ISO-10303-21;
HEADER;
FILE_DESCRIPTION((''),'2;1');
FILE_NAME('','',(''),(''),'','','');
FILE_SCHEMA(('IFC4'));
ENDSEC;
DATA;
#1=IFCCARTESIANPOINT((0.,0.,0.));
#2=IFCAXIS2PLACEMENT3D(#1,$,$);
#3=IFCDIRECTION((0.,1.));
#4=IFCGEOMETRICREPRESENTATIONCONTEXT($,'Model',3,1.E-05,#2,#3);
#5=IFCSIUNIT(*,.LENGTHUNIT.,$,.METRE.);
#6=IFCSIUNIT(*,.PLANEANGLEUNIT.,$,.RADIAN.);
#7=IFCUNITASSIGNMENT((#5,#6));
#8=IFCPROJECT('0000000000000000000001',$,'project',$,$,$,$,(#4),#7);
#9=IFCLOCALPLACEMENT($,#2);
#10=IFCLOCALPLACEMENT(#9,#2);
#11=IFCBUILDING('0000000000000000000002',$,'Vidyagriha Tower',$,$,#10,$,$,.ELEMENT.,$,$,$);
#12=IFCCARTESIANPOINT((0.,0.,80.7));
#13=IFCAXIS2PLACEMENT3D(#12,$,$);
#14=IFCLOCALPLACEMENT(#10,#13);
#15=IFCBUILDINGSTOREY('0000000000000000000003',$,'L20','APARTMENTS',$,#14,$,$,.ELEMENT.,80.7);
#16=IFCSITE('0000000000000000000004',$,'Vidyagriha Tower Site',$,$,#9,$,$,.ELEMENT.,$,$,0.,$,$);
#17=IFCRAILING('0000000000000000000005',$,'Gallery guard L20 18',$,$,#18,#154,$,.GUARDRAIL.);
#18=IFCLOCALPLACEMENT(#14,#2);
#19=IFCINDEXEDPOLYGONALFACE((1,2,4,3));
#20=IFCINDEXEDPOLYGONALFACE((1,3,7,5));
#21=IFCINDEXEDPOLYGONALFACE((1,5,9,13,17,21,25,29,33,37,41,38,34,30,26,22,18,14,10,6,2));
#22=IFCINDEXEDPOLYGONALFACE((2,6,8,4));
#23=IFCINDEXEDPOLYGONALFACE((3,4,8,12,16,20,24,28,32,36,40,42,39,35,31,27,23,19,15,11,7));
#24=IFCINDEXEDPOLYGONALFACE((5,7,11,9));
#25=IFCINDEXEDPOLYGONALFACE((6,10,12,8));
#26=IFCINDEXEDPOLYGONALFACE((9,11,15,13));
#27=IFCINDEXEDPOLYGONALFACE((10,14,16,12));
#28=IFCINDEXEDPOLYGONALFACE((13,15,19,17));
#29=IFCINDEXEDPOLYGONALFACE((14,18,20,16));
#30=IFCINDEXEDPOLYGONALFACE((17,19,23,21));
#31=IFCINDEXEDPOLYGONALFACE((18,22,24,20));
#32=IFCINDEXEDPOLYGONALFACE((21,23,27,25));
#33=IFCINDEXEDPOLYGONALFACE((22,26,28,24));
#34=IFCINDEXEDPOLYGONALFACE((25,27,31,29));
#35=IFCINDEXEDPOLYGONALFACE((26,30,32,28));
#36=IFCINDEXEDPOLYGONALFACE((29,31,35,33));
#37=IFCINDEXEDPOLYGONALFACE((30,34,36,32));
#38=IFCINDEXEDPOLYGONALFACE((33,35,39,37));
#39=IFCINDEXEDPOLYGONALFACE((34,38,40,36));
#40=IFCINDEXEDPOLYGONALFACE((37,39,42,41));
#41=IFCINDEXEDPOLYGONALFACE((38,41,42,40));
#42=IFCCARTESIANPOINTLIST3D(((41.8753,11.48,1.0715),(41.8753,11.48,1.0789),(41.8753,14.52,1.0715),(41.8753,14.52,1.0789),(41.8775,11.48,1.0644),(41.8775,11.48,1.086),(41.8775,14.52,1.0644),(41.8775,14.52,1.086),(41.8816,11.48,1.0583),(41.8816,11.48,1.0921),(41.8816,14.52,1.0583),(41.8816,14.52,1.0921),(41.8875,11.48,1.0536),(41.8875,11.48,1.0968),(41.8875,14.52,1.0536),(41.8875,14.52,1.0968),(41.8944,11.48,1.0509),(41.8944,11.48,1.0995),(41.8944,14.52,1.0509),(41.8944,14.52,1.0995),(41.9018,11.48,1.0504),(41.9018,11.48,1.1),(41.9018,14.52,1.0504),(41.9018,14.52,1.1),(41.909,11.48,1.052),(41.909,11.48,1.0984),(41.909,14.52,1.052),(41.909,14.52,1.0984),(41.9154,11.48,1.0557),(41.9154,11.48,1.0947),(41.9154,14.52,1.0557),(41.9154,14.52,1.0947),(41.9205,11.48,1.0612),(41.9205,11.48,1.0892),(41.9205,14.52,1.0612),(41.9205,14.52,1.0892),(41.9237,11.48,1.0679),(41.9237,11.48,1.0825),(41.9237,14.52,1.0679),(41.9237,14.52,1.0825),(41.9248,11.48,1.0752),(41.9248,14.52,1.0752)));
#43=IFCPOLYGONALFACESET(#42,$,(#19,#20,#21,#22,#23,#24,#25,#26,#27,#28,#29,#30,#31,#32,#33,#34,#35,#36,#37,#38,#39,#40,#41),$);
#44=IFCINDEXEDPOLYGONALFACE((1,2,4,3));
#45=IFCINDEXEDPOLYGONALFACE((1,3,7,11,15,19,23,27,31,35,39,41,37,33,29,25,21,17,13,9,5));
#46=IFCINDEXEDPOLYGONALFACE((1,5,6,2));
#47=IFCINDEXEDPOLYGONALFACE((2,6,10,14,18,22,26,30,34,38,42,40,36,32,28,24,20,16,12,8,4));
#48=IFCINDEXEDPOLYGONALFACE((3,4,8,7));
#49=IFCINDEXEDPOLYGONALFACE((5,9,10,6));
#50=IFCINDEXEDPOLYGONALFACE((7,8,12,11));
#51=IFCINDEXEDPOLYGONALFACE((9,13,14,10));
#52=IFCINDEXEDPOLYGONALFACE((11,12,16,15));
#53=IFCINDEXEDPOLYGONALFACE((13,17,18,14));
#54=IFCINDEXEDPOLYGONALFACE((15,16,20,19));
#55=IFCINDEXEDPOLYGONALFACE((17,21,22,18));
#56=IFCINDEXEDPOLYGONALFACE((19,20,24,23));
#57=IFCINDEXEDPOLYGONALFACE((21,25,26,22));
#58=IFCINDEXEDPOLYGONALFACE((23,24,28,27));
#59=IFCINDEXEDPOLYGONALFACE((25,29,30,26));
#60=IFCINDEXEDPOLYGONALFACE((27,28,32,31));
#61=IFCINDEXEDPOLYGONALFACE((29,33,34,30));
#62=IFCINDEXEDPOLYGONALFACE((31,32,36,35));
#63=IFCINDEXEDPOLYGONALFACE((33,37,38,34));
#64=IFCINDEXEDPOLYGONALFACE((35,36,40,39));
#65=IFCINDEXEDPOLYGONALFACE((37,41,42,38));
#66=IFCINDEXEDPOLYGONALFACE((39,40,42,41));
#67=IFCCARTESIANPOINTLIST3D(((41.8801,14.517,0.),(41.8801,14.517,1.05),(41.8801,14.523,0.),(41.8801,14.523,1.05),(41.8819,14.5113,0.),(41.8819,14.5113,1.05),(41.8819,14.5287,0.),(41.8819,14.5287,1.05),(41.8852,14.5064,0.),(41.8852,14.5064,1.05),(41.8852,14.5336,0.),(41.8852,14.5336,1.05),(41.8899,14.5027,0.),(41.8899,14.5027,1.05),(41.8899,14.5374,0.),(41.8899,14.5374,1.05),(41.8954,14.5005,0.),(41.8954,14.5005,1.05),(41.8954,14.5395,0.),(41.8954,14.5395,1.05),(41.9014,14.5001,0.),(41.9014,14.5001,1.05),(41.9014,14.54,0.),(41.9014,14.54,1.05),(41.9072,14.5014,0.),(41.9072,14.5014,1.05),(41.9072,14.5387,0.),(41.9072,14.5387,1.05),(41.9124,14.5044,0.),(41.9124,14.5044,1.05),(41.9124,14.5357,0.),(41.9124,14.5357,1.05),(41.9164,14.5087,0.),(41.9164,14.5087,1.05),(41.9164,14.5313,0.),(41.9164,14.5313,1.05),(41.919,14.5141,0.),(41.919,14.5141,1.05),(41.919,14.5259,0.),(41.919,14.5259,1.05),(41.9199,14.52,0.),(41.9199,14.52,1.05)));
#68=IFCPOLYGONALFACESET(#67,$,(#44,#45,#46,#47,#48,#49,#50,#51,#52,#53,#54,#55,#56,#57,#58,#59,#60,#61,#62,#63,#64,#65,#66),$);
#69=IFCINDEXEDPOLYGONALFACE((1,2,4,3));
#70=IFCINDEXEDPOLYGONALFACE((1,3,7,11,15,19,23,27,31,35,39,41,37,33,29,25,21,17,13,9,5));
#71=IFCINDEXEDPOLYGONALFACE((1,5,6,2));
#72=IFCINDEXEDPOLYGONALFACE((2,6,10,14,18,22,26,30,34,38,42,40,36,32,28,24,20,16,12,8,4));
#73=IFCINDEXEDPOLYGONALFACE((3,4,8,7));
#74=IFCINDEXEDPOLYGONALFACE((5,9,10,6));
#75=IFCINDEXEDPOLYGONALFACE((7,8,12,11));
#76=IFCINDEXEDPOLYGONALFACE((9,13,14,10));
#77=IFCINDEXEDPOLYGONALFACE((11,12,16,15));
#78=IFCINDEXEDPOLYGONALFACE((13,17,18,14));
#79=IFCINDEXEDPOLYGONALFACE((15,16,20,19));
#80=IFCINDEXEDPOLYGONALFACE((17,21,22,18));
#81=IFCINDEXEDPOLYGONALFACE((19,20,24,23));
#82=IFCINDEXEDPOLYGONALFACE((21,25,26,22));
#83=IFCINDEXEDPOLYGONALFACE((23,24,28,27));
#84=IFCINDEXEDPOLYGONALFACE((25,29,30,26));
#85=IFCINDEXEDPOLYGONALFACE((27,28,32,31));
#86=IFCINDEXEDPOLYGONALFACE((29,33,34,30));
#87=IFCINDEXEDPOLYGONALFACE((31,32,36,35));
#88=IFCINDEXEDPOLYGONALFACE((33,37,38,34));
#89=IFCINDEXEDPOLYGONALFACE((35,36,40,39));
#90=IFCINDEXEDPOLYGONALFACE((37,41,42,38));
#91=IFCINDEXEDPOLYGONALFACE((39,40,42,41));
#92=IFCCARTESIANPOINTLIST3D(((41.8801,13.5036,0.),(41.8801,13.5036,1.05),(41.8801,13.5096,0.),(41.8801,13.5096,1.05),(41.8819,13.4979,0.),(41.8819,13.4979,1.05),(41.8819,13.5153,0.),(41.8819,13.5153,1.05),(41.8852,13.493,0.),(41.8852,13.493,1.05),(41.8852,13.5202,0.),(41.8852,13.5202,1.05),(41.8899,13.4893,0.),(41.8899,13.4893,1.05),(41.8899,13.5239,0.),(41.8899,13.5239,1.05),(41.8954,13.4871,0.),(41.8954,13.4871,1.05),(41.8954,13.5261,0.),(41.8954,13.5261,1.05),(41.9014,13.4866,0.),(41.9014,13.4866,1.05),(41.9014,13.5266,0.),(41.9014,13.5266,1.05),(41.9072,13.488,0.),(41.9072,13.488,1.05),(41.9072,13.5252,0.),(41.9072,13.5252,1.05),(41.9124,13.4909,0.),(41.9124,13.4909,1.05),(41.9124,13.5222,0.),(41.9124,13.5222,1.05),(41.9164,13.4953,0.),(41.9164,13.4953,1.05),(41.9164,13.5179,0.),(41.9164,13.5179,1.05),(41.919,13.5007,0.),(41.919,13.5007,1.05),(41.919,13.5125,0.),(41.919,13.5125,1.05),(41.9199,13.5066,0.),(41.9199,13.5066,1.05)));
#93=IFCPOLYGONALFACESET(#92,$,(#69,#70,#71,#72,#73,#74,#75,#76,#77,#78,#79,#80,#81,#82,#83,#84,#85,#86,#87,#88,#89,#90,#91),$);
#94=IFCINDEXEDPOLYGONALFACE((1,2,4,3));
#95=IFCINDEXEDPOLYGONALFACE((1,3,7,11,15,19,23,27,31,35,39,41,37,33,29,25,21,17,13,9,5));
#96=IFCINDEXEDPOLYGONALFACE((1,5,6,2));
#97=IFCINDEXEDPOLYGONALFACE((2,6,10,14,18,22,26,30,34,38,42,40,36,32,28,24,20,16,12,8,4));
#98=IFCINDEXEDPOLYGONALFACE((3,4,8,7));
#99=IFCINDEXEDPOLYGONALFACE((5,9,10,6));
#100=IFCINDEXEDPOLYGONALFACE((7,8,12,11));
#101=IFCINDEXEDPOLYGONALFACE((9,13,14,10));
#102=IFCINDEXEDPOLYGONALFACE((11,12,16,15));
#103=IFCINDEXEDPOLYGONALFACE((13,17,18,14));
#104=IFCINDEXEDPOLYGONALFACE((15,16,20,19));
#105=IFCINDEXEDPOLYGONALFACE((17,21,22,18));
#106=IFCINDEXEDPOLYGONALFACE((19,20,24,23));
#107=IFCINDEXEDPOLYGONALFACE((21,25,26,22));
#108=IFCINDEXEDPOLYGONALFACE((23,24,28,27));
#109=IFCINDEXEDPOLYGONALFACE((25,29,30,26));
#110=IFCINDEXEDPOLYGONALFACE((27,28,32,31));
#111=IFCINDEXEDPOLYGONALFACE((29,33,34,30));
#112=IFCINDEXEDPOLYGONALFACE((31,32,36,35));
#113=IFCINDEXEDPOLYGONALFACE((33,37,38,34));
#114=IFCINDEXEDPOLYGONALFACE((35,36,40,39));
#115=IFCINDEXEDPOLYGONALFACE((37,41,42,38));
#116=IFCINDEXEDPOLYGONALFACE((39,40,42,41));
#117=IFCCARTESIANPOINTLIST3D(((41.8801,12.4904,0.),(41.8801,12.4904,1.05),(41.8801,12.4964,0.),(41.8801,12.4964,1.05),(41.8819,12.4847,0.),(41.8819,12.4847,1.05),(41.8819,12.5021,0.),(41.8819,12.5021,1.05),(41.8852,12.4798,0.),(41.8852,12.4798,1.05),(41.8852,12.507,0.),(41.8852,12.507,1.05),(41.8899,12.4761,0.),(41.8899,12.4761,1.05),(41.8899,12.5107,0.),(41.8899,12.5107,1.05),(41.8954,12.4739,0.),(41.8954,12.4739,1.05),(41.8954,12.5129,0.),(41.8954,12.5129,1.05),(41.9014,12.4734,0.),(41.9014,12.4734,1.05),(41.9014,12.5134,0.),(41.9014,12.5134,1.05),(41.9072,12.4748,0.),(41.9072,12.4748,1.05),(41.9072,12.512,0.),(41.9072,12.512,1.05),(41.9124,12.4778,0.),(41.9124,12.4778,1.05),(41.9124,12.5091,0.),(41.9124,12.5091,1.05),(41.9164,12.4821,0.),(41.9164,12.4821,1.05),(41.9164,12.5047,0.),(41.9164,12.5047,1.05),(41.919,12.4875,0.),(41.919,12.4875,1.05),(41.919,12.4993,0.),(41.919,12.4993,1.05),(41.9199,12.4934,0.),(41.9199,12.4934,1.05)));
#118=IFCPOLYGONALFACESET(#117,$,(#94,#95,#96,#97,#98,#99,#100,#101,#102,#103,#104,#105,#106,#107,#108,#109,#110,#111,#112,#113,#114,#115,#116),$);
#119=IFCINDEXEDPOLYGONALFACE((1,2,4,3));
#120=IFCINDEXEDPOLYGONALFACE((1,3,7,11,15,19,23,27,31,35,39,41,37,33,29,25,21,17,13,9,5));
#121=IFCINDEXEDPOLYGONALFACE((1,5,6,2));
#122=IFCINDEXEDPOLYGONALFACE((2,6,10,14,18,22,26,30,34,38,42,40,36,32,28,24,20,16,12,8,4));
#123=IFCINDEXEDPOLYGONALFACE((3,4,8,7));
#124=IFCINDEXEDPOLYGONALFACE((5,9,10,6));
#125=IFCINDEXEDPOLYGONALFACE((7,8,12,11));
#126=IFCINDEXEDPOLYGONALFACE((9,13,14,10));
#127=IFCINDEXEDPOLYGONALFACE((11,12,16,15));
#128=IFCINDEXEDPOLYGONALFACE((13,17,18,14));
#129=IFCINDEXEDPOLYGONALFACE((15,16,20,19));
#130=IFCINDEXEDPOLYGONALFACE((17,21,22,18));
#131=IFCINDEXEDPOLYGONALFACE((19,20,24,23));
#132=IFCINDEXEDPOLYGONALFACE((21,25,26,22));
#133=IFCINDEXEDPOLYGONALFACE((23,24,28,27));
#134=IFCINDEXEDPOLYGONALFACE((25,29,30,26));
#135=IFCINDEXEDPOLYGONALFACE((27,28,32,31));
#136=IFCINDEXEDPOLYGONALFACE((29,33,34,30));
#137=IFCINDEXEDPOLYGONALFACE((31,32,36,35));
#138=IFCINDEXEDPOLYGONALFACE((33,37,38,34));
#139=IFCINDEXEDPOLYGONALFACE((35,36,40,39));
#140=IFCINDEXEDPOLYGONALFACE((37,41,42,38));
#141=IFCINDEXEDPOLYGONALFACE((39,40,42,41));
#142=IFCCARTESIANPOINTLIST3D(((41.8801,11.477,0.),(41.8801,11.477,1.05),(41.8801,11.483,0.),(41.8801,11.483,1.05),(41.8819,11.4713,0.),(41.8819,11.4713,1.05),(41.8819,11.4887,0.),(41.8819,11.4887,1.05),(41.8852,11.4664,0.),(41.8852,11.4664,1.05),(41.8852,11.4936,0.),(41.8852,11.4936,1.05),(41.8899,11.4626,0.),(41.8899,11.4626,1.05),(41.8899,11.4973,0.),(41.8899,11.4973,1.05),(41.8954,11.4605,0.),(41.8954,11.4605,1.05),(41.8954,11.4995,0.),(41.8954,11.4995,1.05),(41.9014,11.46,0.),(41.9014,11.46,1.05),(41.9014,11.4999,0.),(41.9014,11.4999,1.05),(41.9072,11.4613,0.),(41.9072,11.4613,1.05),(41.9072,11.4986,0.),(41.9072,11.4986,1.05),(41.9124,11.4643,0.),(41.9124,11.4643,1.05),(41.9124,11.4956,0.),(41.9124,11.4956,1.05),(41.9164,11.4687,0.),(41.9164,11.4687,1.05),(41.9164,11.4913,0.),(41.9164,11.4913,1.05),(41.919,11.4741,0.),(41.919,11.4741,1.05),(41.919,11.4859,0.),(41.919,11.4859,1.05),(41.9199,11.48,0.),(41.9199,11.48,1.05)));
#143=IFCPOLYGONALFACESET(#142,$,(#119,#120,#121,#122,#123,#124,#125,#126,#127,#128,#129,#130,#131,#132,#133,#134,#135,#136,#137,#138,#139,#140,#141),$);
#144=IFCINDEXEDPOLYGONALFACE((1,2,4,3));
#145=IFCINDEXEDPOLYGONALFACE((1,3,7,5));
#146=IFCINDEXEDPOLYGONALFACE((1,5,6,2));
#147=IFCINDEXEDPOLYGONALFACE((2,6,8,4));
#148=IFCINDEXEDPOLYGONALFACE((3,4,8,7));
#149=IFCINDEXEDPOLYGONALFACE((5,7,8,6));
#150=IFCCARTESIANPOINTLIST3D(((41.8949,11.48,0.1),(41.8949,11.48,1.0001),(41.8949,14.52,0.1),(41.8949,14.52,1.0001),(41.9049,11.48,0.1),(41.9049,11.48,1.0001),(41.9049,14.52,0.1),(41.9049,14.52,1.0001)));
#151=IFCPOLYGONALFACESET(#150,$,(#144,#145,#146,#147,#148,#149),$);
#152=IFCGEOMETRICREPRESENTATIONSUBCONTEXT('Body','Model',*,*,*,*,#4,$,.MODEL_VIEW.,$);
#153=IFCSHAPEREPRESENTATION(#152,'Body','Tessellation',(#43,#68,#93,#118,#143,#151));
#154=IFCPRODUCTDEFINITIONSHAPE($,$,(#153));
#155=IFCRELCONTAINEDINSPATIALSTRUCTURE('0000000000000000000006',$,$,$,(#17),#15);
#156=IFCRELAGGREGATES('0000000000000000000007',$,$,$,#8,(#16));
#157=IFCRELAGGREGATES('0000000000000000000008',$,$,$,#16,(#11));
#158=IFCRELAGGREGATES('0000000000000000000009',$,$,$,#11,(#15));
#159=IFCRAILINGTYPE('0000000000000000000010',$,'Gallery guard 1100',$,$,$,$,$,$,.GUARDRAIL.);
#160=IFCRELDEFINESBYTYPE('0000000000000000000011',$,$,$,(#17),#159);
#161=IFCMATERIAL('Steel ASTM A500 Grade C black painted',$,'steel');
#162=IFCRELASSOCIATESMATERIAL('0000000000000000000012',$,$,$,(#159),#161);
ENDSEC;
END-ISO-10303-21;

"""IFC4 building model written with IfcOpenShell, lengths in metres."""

from ifc_helpers import new_model, si_unit, direction, frame, origin, origin_2d, place, context, subcontext, project, spatial, rectangle, circle, extrude, material, type_object, element, save


model = new_model("IFC4")

# Units and contexts
model_context = context("Model", 3, precision=1e-05, world=origin(), true_north=direction((0.0, 1.0)))
body_context = subcontext(model_context, "Body", "Model", "MODEL_VIEW")
ifc_project = project(units=[si_unit("LENGTHUNIT", "METRE"), si_unit("PLANEANGLEUNIT", "RADIAN")], contexts=[model_context])

# Site, building, storey
site_placement = place(None, origin())
site = spatial("IfcSite", under=ifc_project, at=site_placement, Name="Vidyagriha Tower Site", CompositionType="ELEMENT", RefElevation=0.0)
building_placement = place(site_placement, origin())
building = spatial("IfcBuilding", under=site, at=building_placement, Name="Vidyagriha Tower", CompositionType="ELEMENT")
storey_placement = place(building_placement, frame((0.0, 0.0, 80.7)))
storey = spatial("IfcBuildingStorey", under=building, at=storey_placement, Name="L20", Description="APARTMENTS", CompositionType="ELEMENT", Elevation=80.7)

# Railing
ifc_material_1 = material(Name="Steel ASTM A500 Grade C black painted", Category="steel")
railing_type = type_object("IfcRailingType", Name="Gallery guard 1100", PredefinedType="GUARDRAIL", material=ifc_material_1)
railing_1_placement = place(storey_placement, frame((41.8999, 14.52, 0.0)))
element("IfcRailing", 1, at=railing_1_placement, inside=storey, type_object=railing_type, Name="Gallery guard L20 18", PredefinedType="GUARDRAIL", context=body_context, shape_type="SweptSolid", body=[
    extrude(circle(Radius=0.0249, at=origin_2d()), frame((0.0, 0.0, 1.0752), z_axis=(0.0, -1.0, 0.0), x_axis=(1.0, 0.0, 0.0)), (0.0, 0.0, 1.0), 3.04),
    extrude(circle(Radius=0.02, at=origin_2d()), origin(), (0.0, 0.0, 1.0), 1.05),
    extrude(circle(Radius=0.02, at=origin_2d()), frame((0.0, -1.0134, 0.0)), (0.0, 0.0, 1.0), 1.05),
    extrude(circle(Radius=0.02, at=origin_2d()), frame((0.0, -2.0266, 0.0)), (0.0, 0.0, 1.0), 1.05),
    extrude(circle(Radius=0.02, at=origin_2d()), frame((0.0, -3.04, 0.0)), (0.0, 0.0, 1.0), 1.05),
    extrude(rectangle(XDim=0.01, YDim=0.9001, at=origin_2d()), frame((0.0, 0.0, 0.55), z_axis=(0.0, -1.0, 0.0), x_axis=(1.0, 0.0, 0.0)), (0.0, 0.0, 1.0), 3.04),
])

save(model, "model.ifc")
